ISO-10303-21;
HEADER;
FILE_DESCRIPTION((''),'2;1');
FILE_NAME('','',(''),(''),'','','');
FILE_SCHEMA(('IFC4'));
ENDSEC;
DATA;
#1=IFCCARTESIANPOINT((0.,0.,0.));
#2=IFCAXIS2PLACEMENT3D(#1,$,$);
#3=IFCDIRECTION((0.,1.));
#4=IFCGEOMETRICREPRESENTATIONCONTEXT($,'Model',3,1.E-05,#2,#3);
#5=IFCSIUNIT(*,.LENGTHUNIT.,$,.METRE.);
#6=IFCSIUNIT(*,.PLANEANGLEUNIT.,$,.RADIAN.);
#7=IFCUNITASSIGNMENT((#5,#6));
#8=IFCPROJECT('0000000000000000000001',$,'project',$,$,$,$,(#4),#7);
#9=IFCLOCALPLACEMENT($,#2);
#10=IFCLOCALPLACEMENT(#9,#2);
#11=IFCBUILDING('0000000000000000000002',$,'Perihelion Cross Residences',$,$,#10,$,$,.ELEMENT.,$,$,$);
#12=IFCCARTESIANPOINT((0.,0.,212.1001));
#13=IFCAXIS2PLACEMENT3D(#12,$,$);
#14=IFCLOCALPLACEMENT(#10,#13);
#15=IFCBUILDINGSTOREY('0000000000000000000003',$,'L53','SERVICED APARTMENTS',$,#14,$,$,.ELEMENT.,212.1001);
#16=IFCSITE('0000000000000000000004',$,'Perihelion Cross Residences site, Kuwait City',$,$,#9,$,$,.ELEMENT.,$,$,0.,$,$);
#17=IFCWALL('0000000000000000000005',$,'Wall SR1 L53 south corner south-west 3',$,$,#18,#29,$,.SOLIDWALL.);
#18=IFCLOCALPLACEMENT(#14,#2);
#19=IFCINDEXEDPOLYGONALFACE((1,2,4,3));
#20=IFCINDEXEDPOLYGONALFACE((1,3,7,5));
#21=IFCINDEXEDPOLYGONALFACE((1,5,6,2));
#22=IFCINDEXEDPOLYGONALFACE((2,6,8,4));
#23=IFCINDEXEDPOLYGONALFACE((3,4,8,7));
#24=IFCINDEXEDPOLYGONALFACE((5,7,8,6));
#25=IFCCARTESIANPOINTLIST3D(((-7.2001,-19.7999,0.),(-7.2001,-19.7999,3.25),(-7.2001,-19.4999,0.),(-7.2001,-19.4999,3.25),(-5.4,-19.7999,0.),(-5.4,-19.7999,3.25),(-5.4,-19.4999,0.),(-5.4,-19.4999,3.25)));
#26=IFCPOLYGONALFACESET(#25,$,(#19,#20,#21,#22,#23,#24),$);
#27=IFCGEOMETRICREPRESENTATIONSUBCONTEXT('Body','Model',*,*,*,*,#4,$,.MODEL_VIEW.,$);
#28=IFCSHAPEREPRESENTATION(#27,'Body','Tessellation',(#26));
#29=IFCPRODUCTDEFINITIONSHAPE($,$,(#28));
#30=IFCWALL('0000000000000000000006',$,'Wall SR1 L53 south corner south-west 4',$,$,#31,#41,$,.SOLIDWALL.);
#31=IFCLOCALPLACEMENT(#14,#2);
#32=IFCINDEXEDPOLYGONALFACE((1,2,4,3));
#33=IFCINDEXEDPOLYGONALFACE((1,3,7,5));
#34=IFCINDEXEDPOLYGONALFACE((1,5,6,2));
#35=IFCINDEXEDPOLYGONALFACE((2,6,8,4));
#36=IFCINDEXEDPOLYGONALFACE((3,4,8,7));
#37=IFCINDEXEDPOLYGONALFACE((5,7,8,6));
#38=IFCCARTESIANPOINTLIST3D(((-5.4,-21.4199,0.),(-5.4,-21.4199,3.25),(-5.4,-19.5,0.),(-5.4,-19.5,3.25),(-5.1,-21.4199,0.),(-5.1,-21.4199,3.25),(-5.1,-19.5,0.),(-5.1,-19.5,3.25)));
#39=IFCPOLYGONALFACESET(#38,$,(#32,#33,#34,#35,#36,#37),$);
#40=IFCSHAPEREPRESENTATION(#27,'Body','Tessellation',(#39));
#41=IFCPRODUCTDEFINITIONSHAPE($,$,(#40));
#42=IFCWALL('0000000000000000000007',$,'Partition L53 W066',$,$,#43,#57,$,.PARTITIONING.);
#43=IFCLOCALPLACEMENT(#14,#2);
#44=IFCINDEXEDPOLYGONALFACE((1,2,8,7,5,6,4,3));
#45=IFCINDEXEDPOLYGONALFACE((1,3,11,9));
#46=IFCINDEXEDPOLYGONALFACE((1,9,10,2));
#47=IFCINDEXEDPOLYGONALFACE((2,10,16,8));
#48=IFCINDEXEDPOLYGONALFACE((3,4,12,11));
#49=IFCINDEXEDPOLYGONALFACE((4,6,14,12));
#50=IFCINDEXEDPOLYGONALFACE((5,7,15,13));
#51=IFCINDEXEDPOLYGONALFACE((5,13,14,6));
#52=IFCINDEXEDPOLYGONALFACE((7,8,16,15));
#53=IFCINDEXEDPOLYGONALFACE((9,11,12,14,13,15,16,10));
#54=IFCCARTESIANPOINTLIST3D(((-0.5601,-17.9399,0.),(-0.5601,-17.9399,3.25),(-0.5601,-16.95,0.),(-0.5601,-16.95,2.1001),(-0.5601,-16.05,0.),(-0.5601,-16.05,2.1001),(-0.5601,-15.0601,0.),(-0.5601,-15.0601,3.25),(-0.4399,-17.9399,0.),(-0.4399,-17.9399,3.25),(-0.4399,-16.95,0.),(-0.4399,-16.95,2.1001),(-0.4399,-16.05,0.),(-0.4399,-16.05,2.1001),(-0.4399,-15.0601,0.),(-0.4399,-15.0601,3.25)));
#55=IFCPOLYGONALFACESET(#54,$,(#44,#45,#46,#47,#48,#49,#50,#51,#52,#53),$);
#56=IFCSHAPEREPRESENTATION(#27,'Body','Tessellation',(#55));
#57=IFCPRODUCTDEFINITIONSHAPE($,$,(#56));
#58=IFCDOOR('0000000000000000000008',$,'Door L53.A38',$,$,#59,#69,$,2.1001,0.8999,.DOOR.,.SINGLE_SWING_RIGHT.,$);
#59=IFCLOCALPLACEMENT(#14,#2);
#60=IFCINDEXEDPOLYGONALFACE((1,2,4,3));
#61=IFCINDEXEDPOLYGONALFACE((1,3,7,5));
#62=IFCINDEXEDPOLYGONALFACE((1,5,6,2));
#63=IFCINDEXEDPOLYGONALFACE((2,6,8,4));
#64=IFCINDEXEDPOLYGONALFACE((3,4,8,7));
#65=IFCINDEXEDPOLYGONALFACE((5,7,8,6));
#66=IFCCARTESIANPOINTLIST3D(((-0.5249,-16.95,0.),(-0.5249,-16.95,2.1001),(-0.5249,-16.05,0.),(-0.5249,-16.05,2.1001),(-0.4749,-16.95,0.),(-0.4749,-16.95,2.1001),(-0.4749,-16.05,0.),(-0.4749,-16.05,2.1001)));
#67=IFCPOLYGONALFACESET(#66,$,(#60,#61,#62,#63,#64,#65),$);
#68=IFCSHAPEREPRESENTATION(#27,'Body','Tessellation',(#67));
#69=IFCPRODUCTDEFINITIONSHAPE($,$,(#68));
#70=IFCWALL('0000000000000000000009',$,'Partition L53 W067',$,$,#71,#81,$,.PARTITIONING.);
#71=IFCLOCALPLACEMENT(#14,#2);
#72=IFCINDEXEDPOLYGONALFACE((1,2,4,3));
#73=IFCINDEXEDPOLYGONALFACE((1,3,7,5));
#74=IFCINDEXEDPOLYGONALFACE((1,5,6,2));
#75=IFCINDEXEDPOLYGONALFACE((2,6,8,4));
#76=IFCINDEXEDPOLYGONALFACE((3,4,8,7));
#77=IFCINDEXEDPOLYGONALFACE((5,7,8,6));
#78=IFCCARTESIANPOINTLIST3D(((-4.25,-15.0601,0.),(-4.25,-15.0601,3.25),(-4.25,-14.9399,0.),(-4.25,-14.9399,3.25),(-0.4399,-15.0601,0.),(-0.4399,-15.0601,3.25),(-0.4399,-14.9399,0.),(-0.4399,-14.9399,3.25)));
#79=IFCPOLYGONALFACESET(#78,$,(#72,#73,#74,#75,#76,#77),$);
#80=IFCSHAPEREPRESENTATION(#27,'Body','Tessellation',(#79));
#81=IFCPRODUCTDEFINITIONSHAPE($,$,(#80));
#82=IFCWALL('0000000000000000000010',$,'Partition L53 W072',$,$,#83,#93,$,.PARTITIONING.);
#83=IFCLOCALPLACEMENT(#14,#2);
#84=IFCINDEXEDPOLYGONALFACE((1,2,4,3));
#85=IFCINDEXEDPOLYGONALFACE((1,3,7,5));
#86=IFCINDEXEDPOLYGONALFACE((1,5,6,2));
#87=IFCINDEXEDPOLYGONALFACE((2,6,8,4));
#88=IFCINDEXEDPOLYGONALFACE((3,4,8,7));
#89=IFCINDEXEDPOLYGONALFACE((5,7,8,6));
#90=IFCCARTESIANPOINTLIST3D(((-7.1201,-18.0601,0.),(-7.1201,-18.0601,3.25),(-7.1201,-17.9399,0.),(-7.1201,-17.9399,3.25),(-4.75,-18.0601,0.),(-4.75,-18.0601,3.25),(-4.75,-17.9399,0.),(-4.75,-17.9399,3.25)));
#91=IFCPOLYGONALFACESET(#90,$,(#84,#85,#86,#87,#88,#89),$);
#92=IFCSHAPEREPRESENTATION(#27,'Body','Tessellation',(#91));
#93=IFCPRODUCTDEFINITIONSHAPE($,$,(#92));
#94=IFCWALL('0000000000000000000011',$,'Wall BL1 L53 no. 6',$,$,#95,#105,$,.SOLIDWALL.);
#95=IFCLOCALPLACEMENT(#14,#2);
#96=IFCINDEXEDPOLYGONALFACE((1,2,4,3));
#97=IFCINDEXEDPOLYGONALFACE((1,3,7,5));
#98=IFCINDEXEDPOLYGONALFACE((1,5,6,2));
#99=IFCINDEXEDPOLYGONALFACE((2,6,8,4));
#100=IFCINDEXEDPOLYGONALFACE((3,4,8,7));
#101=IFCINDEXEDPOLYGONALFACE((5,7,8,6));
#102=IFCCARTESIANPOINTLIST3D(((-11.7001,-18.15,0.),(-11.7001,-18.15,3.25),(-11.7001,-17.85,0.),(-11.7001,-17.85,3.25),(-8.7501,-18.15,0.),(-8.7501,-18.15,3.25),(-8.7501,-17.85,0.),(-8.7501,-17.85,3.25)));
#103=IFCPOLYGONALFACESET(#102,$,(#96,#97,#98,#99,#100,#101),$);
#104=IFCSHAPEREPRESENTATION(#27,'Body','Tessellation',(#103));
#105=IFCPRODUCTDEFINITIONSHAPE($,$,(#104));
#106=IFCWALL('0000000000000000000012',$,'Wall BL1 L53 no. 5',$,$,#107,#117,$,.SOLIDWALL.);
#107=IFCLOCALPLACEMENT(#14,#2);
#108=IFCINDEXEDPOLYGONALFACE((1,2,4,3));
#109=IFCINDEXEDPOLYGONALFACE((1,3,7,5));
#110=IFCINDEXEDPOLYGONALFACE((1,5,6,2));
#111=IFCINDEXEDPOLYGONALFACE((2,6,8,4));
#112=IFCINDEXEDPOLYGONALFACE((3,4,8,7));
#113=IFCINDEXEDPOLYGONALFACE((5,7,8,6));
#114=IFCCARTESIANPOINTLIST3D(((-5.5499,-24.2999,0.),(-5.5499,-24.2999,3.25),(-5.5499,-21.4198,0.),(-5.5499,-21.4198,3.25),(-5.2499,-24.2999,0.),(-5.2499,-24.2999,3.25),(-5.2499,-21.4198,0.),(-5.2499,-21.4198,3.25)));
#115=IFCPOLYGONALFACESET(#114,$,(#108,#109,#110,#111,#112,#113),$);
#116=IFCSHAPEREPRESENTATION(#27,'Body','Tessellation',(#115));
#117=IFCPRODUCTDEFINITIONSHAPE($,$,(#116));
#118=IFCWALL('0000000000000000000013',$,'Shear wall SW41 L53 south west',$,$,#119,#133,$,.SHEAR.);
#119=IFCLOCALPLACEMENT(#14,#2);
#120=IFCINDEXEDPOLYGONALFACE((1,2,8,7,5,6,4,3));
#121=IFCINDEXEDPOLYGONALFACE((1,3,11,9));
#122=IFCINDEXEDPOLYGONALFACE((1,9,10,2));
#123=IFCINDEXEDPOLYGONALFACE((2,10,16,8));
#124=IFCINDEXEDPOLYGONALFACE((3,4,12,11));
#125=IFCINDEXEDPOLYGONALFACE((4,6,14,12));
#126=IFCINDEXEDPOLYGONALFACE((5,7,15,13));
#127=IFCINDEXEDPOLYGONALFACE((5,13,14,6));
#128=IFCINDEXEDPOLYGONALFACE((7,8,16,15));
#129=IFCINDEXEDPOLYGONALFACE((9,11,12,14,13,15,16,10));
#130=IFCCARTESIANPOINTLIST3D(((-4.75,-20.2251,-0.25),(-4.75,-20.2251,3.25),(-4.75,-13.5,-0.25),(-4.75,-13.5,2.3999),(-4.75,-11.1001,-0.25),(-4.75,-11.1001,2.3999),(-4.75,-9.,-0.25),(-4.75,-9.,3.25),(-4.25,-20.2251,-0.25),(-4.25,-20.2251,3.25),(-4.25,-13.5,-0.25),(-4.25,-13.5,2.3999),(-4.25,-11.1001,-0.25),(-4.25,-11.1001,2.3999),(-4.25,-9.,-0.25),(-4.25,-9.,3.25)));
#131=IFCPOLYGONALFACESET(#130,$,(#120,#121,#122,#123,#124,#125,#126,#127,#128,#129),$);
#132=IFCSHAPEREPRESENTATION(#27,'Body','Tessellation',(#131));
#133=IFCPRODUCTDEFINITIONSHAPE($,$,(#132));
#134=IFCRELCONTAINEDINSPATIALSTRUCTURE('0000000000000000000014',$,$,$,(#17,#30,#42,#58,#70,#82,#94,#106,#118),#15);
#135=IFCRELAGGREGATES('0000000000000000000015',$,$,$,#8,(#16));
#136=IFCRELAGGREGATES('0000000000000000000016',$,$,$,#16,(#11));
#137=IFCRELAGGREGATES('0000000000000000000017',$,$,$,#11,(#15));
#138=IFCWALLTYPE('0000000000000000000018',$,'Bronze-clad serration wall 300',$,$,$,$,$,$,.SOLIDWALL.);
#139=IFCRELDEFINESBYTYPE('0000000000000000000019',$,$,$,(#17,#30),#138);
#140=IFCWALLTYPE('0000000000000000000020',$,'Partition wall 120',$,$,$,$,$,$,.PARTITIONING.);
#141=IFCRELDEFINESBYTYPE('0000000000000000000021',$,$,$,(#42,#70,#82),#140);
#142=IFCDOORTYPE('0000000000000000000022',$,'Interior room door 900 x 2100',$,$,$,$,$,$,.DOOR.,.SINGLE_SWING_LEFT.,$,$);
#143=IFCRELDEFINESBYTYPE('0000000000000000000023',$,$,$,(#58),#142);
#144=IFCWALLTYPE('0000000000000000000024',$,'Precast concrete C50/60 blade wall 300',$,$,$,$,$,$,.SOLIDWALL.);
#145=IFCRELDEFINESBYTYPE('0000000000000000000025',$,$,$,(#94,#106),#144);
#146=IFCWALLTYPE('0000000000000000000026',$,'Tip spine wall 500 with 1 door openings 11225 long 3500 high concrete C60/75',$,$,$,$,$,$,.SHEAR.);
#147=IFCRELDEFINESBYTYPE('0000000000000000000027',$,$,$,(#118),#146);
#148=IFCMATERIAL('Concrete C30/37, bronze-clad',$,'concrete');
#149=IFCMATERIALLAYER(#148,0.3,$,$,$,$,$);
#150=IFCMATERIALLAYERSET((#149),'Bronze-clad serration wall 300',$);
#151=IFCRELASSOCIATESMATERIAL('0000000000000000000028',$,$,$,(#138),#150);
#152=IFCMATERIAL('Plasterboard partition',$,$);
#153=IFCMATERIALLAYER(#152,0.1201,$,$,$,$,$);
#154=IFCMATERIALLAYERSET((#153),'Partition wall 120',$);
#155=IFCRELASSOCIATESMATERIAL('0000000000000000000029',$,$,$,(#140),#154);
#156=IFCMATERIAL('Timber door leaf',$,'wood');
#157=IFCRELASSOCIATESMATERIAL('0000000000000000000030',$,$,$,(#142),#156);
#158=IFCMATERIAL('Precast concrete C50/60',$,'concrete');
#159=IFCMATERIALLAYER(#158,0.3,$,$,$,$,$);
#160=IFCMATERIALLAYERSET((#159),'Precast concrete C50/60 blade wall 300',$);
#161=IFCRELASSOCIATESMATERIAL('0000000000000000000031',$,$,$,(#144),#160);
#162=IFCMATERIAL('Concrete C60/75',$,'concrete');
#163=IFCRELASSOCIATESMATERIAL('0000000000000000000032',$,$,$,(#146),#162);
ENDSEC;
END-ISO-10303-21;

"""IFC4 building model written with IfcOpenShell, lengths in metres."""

from ifc_helpers import new_model, si_unit, direction, frame, frame_2d, origin, place, context, subcontext, project, spatial, polyline, rectangle, outline, extrude, material, layer, layer_set, material_profile, profile_set, type_object, element, fill, save


model = new_model("IFC4")

# Units and contexts
model_context = context("Model", 3, precision=1e-05, world=origin(), true_north=direction((0.0, 1.0)))
body_context = subcontext(model_context, "Body", "Model", "MODEL_VIEW")
ifc_project = project(units=[si_unit("LENGTHUNIT", "METRE"), si_unit("PLANEANGLEUNIT", "RADIAN")], contexts=[model_context])

# Site, building, storey
site_placement = place(None, origin())
site = spatial("IfcSite", under=ifc_project, at=site_placement, Name="Perihelion Cross Residences site, Kuwait City", CompositionType="ELEMENT", RefElevation=0.0)
building_placement = place(site_placement, origin())
building = spatial("IfcBuilding", under=site, at=building_placement, Name="Perihelion Cross Residences", CompositionType="ELEMENT")
storey_placement = place(building_placement, frame((0.0, 0.0, 212.1001)))
storey = spatial("IfcBuildingStorey", under=building, at=storey_placement, Name="L53", Description="SERVICED APARTMENTS", CompositionType="ELEMENT", Elevation=212.1001)

# Walls
ifc_material_1 = material(Name="Concrete C30/37, bronze-clad", Category="concrete")
ifc_layer_1 = layer(ifc_material_1, 0.3)
ifc_layer_set_1 = layer_set([ifc_layer_1], Name="Bronze-clad serration wall 300")
wall_type_1 = type_object("IfcWallType", Name="Bronze-clad serration wall 300", PredefinedType="SOLIDWALL", material=ifc_layer_set_1)
for number, where, z_axis, x_axis, name in (
    (1, (-7.2, -19.6499, 0.0), (0.0, 0.0, 1.0), (1.0, 0.0, 0.0), "Wall SR1 L53 south corner south-west 3"),
):
    element("IfcWall", number, at=place(storey_placement, frame(where, z_axis=z_axis, x_axis=x_axis)), inside=storey, type_object=wall_type_1, Name=name, PredefinedType="SOLIDWALL", context=body_context, shape_type="SweptSolid", body=[
        extrude(rectangle(XDim=1.8, YDim=0.3, at=frame_2d((0.8999, 0.0))), origin(), (0.0, 0.0, 1.0), 3.25),
    ])
wall_1_placement = place(storey_placement, frame((-5.25, -19.5, 0.0), z_axis=(0.0, 0.0, 1.0), x_axis=(0.0, -1.0, 0.0)))
element("IfcWall", 2, at=wall_1_placement, inside=storey, type_object=wall_type_1, Name="Wall SR1 L53 south corner south-west 4", PredefinedType="SOLIDWALL", context=body_context, shape_type="SweptSolid", body=[
    extrude(rectangle(XDim=1.9199, YDim=0.3, at=frame_2d((0.96, 0.0))), origin(), (0.0, 0.0, 1.0), 3.25),
])

# Wall, opening, door
ifc_material_2 = material(Name="Plasterboard partition")
ifc_layer_2 = layer(ifc_material_2, 0.1201)
ifc_layer_set_2 = layer_set([ifc_layer_2], Name="Partition wall 120")
wall_type_2 = type_object("IfcWallType", Name="Partition wall 120", PredefinedType="PARTITIONING", material=ifc_layer_set_2)
wall_2_placement = place(storey_placement, frame((-0.5, -17.9399, 0.0), z_axis=(0.0, 0.0, 1.0), x_axis=(0.0, 1.0, 0.0)))
wall_2 = element("IfcWall", 3, at=wall_2_placement, inside=storey, type_object=wall_type_2, Name="Partition L53 W066", PredefinedType="PARTITIONING", context=body_context, shape_type="SweptSolid", body=[
    extrude(rectangle(XDim=2.8799, YDim=0.1201, at=frame_2d((1.4399, 0.0))), origin(), (0.0, 0.0, 1.0), 3.25),
])
opening_1_placement = place(wall_2_placement, frame((0.99, 0.0, 0.0)))
opening_1 = element("IfcOpeningElement", 4, at=opening_1_placement, cuts=wall_2, PredefinedType="OPENING", context=body_context, shape_type="SweptSolid", body=[
    extrude(rectangle(XDim=0.8999, YDim=2.1001, at=frame_2d((0.45, 1.05))), frame((0.0, 0.0701, 0.0), z_axis=(0.0, -1.0, 0.0), x_axis=(1.0, 0.0, 0.0)), (0.0, 0.0, 1.0), 0.1401),
])
ifc_material_3 = material(Name="Timber door leaf", Category="wood")
door_type_1 = type_object("IfcDoorType", Name="Interior room door 900 x 2100", OperationType="SINGLE_SWING_LEFT", PredefinedType="DOOR", material=ifc_material_3)
door_1_placement = place(opening_1_placement, origin())
door_1 = element("IfcDoor", 5, at=door_1_placement, inside=storey, type_object=door_type_1, Name="Door L53.A38", OperationType="SINGLE_SWING_RIGHT", OverallHeight=2.1001, OverallWidth=0.8999, PredefinedType="DOOR", context=body_context, shape_type="SweptSolid", body=[
    extrude(rectangle(XDim=0.8999, YDim=2.1001, at=frame_2d((0.45, 1.05))), frame((0.0, 0.0249, 0.0), z_axis=(0.0, -1.0, 0.0), x_axis=(1.0, 0.0, 0.0)), (0.0, 0.0, 1.0), 0.05),
])
fill(opening_1, door_1)

# Walls
wall_3_placement = place(storey_placement, frame((-0.4399, -15.0, 0.0), z_axis=(0.0, 0.0, 1.0), x_axis=(-1.0, 0.0, 0.0)))
element("IfcWall", 6, at=wall_3_placement, inside=storey, type_object=wall_type_2, Name="Partition L53 W067", PredefinedType="PARTITIONING", context=body_context, shape_type="SweptSolid", body=[
    extrude(rectangle(XDim=3.8101, YDim=0.1201, at=frame_2d((1.905, 0.0))), origin(), (0.0, 0.0, 1.0), 3.25),
])
wall_4_placement = place(storey_placement, frame((-4.75, -18.0, 0.0), z_axis=(0.0, 0.0, 1.0), x_axis=(-1.0, 0.0, 0.0)))
element("IfcWall", 7, at=wall_4_placement, inside=storey, type_object=wall_type_2, Name="Partition L53 W072", PredefinedType="PARTITIONING", context=body_context, shape_type="SweptSolid", body=[
    extrude(rectangle(XDim=2.3701, YDim=0.1201, at=frame_2d((1.1851, 0.0))), origin(), (0.0, 0.0, 1.0), 3.25),
])
ifc_material_4 = material(Name="Precast concrete C50/60", Category="concrete")
ifc_layer_3 = layer(ifc_material_4, 0.3)
ifc_layer_set_3 = layer_set([ifc_layer_3], Name="Precast concrete C50/60 blade wall 300")
wall_type_3 = type_object("IfcWallType", Name="Precast concrete C50/60 blade wall 300", PredefinedType="SOLIDWALL", material=ifc_layer_set_3)
wall_5_placement = place(storey_placement, frame((-8.75, -18.0, 0.0), z_axis=(0.0, 0.0, 1.0), x_axis=(-1.0, 0.0, 0.0)))
element("IfcWall", 8, at=wall_5_placement, inside=storey, type_object=wall_type_3, Name="Wall BL1 L53 no. 6", PredefinedType="SOLIDWALL", context=body_context, shape_type="SweptSolid", body=[
    extrude(rectangle(XDim=2.95, YDim=0.3, at=frame_2d((1.4751, 0.0))), origin(), (0.0, 0.0, 1.0), 3.25),
])
wall_6_placement = place(storey_placement, frame((-5.3999, -21.4199, 0.0), z_axis=(0.0, 0.0, 1.0), x_axis=(0.0, -1.0, 0.0)))
element("IfcWall", 9, at=wall_6_placement, inside=storey, type_object=wall_type_3, Name="Wall BL1 L53 no. 5", PredefinedType="SOLIDWALL", context=body_context, shape_type="SweptSolid", body=[
    extrude(rectangle(XDim=2.8801, YDim=0.3, at=frame_2d((1.4399, 0.0))), origin(), (0.0, 0.0, 1.0), 3.25),
])
ifc_material_5 = material(Name="Concrete C60/75", Category="concrete")
ifc_material_profile_1 = material_profile(ifc_material_5, outline(polyline([(0.0, 0.0), (6.7251, 0.0), (6.7251, 2.6499), (9.125, 2.6499), (9.125, 0.0), (11.2251, 0.0), (11.2251, 3.5), (0.0, 3.5), (0.0, 0.0)])), Name="Tip spine wall")
ifc_profile_set_1 = profile_set([ifc_material_profile_1], Name="Concrete C60/75")
wall_type_4 = type_object("IfcWallType", Name="Tip spine wall 500 with 1 door openings 11225 long 3500 high concrete C60/75", PredefinedType="SHEAR", material=ifc_profile_set_1)
wall_7_placement = place(storey_placement, frame((-4.75, -20.2251, -0.25), z_axis=(1.0, 0.0, 0.0), x_axis=(0.0, 1.0, 0.0)))
element("IfcWall", 10, at=wall_7_placement, inside=storey, type_object=wall_type_4, Name="Shear wall SW41 L53 south west", PredefinedType="SHEAR", context=body_context, shape_type="SweptSolid", body=[
    extrude(outline(polyline([(0.0, 0.0), (6.7251, 0.0), (6.7251, 2.6499), (9.125, 2.6499), (9.125, 0.0), (11.2251, 0.0), (11.2251, 3.5), (0.0, 3.5), (0.0, 0.0)])), origin(), (0.0, 0.0, 1.0), 0.5),
])

save(model, "model.ifc")
